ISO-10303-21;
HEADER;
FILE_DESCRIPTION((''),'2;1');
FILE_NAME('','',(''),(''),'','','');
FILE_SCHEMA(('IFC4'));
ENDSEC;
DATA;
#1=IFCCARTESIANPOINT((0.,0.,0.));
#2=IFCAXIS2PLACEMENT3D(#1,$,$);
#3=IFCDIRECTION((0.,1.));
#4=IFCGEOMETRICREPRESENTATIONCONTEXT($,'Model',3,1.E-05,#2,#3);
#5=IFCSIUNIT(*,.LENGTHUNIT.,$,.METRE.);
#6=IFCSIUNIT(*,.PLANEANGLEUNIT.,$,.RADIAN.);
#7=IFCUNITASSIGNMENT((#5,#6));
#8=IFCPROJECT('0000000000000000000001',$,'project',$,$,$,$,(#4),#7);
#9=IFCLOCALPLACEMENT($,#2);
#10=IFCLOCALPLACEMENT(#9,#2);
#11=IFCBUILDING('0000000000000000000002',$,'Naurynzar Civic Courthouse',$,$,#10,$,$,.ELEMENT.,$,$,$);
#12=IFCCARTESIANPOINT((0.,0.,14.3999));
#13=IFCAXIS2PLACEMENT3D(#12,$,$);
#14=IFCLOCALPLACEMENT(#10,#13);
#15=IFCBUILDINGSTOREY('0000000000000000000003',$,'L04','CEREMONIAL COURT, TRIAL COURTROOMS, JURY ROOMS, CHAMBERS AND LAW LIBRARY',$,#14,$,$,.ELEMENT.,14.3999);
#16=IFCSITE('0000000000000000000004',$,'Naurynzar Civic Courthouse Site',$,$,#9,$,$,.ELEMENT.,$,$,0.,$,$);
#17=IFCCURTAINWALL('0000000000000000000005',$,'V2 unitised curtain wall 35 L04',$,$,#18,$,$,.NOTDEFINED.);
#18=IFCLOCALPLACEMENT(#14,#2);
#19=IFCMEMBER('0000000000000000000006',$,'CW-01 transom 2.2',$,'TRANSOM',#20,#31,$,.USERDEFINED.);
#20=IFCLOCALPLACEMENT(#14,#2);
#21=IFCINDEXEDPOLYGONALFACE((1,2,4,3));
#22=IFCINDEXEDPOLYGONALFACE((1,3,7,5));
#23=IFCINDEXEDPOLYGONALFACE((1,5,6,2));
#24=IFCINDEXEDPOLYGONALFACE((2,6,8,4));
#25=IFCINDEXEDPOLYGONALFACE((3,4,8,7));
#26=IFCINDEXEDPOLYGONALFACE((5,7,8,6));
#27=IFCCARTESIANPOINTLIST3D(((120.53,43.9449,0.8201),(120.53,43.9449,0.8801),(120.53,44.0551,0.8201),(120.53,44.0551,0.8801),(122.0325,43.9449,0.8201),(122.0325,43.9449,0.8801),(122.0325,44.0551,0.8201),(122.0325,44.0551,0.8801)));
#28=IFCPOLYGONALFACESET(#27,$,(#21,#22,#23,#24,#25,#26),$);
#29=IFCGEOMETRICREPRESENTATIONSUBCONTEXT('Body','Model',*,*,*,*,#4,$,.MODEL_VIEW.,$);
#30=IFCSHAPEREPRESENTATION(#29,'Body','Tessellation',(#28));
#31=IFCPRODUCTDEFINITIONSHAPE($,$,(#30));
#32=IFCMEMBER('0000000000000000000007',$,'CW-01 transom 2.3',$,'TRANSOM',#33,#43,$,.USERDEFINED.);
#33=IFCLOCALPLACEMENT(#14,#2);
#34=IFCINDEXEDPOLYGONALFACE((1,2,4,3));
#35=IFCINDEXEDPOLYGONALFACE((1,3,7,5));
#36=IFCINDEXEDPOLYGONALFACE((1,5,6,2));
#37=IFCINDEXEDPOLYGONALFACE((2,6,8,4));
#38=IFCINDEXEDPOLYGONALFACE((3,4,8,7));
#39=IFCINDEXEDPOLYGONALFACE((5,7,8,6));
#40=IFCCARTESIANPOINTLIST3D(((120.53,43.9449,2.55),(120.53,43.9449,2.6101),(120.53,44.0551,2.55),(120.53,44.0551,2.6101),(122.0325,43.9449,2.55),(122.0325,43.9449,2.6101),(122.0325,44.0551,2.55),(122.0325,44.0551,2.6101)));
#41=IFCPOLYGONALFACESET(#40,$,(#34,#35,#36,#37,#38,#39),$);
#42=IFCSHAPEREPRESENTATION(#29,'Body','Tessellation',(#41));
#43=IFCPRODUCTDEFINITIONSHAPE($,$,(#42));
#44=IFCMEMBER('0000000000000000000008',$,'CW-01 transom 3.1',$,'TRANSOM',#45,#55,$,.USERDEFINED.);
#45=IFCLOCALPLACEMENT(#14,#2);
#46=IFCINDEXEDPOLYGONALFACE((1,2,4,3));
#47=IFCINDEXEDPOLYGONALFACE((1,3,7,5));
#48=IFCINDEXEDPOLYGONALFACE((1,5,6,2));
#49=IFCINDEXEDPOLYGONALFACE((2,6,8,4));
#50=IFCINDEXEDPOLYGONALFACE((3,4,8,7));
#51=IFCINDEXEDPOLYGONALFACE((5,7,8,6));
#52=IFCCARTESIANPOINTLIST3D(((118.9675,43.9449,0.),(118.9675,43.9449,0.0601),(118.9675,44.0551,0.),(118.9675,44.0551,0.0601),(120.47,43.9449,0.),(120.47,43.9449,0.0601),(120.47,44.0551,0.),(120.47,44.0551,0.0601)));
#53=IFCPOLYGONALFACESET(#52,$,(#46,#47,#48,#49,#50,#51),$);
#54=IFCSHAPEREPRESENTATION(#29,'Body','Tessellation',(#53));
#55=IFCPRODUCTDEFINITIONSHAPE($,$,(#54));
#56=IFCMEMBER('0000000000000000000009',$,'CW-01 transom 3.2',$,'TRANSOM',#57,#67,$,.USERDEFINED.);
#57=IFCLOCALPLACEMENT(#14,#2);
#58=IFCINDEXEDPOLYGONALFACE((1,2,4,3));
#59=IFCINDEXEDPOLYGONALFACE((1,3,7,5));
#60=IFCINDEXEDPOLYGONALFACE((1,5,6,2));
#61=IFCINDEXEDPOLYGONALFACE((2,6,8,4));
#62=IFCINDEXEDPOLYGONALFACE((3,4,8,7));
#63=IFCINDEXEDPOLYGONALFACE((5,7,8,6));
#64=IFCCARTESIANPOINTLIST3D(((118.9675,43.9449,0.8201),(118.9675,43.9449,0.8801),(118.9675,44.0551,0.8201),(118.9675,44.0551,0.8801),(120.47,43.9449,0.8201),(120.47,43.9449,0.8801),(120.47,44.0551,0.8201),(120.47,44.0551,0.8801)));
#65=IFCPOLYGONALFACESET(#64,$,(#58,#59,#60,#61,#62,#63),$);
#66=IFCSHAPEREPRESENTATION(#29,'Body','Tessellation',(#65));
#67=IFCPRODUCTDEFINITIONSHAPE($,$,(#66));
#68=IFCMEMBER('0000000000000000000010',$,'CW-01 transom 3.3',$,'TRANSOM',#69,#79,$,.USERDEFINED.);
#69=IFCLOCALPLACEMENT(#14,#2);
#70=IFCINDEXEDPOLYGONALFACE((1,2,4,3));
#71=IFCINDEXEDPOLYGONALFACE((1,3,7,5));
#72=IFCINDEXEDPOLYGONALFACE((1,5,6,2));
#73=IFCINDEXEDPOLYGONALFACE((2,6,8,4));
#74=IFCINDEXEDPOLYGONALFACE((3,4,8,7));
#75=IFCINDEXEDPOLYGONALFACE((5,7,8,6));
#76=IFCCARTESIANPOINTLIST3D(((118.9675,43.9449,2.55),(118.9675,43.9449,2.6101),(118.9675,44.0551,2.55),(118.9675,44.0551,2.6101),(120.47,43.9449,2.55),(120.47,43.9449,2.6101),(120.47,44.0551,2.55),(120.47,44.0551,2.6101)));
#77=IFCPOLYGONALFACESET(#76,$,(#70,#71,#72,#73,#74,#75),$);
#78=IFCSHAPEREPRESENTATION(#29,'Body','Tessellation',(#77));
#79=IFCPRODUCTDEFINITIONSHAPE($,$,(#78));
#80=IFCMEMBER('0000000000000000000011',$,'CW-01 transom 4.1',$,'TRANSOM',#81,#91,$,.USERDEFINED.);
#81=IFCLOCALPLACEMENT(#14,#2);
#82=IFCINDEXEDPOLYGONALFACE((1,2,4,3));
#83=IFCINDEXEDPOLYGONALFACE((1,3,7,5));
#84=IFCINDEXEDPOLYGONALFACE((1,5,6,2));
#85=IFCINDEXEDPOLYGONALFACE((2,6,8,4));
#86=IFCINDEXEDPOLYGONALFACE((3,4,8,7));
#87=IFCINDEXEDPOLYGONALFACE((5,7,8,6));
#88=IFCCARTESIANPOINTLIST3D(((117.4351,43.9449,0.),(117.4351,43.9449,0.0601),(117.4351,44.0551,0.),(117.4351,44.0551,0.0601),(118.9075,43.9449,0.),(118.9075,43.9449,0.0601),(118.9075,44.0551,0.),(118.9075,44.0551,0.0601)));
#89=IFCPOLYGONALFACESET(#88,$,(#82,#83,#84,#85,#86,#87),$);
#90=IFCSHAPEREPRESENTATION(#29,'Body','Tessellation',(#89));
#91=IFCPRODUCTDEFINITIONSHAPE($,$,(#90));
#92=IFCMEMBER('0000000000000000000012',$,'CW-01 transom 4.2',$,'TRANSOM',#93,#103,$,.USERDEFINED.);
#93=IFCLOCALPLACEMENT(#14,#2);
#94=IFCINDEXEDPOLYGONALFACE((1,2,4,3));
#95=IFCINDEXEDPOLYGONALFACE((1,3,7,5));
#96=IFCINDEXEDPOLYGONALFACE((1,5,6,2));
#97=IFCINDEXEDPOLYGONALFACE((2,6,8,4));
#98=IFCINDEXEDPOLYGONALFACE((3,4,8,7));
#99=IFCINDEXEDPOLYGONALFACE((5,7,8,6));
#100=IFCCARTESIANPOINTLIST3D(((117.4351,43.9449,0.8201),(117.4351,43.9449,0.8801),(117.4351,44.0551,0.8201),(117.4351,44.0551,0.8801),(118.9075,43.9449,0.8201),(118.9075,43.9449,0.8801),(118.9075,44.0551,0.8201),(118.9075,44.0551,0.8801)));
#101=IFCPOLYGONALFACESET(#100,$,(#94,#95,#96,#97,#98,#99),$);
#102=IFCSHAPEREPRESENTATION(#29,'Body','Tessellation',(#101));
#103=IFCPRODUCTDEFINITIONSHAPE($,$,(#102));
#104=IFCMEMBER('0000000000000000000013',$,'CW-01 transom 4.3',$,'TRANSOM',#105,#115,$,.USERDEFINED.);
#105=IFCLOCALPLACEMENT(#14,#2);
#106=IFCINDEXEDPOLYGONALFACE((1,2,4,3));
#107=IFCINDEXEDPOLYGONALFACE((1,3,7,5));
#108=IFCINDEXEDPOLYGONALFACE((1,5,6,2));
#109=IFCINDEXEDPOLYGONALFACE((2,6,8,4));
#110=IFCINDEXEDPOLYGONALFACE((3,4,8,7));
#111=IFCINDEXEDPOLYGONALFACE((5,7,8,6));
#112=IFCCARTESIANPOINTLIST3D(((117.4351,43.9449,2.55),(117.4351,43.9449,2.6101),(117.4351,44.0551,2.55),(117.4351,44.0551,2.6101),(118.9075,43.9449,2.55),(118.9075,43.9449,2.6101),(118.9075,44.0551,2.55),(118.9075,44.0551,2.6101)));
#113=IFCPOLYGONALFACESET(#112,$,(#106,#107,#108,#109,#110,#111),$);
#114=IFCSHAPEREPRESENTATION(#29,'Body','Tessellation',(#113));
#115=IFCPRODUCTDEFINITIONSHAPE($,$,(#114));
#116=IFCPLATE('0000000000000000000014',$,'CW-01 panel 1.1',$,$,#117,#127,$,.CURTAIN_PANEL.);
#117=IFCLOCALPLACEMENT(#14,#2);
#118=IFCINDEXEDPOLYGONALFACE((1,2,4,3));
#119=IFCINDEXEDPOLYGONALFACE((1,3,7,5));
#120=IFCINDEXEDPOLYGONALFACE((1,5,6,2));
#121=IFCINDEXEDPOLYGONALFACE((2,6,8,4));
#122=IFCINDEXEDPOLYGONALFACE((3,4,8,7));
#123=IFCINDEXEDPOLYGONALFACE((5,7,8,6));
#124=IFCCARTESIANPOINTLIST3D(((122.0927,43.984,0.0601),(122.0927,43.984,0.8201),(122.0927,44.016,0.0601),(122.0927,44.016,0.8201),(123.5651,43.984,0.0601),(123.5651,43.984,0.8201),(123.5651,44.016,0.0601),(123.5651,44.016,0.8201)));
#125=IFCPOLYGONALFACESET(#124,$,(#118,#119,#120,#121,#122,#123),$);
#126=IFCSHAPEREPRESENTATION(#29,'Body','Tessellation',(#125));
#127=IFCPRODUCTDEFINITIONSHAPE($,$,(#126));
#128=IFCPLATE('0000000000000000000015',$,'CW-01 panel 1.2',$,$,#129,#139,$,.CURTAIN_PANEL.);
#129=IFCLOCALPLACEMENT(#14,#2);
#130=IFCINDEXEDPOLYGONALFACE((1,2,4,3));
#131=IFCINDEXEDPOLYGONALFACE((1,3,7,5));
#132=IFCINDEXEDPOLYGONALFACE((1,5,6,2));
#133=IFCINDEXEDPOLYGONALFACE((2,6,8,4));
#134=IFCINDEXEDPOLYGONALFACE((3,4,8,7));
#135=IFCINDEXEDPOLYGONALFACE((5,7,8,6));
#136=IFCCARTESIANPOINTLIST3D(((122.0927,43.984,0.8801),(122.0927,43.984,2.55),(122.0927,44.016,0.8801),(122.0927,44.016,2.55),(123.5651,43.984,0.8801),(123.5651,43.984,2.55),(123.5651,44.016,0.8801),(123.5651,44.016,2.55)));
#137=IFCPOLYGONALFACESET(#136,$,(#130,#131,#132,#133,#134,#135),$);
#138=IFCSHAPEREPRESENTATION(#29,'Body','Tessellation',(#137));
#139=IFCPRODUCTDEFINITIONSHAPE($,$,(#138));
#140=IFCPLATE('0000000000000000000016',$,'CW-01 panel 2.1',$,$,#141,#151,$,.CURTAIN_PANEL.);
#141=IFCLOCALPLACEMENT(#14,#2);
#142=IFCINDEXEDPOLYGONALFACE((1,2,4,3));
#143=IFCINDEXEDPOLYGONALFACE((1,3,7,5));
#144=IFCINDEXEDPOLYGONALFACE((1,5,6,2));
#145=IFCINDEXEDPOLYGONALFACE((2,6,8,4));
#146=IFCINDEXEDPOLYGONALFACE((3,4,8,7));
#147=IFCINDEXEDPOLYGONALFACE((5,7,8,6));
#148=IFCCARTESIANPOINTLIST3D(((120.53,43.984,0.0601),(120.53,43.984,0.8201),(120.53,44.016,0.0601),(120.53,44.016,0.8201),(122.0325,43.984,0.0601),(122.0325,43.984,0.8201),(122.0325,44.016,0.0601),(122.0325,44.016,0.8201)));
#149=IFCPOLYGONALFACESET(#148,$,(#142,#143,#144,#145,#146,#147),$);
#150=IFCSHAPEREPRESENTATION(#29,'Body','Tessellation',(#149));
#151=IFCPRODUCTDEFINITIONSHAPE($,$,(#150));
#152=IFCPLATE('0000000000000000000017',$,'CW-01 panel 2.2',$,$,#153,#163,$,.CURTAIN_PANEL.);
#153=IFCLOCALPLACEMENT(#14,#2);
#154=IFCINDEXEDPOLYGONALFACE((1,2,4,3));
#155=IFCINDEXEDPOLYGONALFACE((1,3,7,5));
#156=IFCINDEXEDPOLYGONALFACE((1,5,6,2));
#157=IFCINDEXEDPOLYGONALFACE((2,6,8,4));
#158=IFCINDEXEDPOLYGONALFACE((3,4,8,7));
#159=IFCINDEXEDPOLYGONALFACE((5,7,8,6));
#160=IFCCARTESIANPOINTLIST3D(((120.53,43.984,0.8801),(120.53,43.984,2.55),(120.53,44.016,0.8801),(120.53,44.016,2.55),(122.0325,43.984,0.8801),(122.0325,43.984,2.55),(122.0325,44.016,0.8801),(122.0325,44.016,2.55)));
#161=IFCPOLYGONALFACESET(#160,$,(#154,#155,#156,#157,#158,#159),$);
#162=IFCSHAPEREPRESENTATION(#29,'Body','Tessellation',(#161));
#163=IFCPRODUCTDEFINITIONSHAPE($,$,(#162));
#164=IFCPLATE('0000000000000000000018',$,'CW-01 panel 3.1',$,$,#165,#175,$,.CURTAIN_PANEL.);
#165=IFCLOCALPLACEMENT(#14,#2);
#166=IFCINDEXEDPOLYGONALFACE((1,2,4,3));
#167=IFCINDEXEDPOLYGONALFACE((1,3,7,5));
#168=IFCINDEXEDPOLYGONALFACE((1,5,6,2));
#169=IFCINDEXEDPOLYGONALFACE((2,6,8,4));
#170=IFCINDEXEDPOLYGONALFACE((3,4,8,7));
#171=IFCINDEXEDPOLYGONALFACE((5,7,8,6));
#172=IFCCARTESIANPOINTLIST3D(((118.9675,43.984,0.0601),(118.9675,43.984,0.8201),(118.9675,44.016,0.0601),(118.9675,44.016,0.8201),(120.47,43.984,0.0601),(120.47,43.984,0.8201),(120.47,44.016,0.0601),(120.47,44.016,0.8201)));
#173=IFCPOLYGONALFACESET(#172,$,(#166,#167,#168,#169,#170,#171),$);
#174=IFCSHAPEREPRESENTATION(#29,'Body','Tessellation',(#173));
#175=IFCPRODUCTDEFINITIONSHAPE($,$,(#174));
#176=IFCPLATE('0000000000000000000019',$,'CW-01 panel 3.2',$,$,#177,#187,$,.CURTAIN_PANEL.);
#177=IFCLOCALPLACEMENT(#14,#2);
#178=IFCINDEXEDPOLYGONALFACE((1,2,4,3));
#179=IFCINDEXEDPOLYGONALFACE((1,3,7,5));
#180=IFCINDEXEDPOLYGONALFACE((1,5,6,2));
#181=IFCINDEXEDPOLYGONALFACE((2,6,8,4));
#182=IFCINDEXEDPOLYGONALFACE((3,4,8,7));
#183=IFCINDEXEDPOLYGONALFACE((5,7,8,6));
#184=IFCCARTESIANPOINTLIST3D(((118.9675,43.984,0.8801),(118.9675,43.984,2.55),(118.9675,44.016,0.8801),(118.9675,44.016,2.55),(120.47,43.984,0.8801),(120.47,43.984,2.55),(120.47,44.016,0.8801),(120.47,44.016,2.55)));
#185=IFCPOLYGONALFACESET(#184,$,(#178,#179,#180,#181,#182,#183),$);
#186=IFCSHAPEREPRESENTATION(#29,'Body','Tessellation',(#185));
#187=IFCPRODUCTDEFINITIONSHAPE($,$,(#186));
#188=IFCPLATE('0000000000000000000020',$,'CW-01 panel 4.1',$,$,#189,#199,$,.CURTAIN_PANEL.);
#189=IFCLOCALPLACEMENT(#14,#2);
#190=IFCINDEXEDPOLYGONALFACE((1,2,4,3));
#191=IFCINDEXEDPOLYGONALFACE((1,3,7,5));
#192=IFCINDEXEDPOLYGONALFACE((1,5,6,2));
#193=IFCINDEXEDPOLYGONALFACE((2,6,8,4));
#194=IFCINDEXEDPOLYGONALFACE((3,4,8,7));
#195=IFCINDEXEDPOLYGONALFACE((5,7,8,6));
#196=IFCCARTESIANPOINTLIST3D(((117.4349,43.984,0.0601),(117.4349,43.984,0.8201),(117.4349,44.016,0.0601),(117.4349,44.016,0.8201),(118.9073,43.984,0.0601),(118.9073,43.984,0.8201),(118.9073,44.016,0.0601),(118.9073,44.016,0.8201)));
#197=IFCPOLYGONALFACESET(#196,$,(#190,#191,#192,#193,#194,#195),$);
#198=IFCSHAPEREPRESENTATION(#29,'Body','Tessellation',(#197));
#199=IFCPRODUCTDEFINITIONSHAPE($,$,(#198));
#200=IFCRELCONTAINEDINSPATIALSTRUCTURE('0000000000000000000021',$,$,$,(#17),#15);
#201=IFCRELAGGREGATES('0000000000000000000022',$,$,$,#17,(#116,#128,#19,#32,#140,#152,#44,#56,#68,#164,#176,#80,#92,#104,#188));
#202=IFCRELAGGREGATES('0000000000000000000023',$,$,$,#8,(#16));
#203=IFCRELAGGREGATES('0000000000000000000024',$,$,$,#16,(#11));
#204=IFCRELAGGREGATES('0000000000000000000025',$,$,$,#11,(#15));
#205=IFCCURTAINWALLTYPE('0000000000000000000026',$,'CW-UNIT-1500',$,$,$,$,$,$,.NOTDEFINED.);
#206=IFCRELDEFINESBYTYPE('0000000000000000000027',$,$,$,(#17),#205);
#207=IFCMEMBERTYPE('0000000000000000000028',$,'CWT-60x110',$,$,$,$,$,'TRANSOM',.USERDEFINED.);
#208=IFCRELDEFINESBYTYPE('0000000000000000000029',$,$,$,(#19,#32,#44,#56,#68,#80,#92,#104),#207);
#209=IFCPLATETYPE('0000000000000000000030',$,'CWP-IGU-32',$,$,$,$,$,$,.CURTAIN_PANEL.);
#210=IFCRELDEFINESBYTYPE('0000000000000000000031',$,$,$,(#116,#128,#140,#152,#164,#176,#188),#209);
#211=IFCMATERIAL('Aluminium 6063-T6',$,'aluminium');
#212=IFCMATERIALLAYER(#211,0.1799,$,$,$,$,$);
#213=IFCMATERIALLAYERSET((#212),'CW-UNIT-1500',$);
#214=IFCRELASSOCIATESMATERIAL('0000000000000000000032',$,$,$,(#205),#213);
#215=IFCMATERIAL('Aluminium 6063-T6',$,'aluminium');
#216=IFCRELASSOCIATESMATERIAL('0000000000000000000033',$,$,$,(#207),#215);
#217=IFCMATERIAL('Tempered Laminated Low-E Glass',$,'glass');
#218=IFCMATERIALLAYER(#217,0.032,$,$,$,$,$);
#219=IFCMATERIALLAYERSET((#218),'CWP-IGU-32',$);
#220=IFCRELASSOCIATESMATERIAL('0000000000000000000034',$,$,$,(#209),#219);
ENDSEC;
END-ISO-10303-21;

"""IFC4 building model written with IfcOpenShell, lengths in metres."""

from ifc_helpers import new_model, si_unit, direction, frame, origin, origin_2d, place, context, subcontext, project, spatial, rectangle, extrude, material, layer, layer_set, material_profile, profile_set, type_object, element, aggregate, save


model = new_model("IFC4")

# Units and contexts
model_context = context("Model", 3, precision=1e-05, world=origin(), true_north=direction((0.0, 1.0)))
body_context = subcontext(model_context, "Body", "Model", "MODEL_VIEW")
ifc_project = project(units=[si_unit("LENGTHUNIT", "METRE"), si_unit("PLANEANGLEUNIT", "RADIAN")], contexts=[model_context])

# Site, building, storey
site_placement = place(None, origin())
site = spatial("IfcSite", under=ifc_project, at=site_placement, Name="Naurynzar Civic Courthouse Site", CompositionType="ELEMENT", RefElevation=0.0)
building_placement = place(site_placement, origin())
building = spatial("IfcBuilding", under=site, at=building_placement, Name="Naurynzar Civic Courthouse", CompositionType="ELEMENT")
storey_placement = place(building_placement, frame((0.0, 0.0, 14.3999)))
storey = spatial("IfcBuildingStorey", under=building, at=storey_placement, Name="L04", Description="CEREMONIAL COURT, TRIAL COURTROOMS, JURY ROOMS, CHAMBERS AND LAW LIBRARY", CompositionType="ELEMENT", Elevation=14.3999)

# Curtain wall, members, plates
ifc_material_1 = material(Name="Aluminium 6063-T6", Category="aluminium")
ifc_layer_1 = layer(ifc_material_1, 0.1799)
ifc_layer_set_1 = layer_set([ifc_layer_1], Name="CW-UNIT-1500")
curtain_wall_type = type_object("IfcCurtainWallType", Name="CW-UNIT-1500", PredefinedType="NOTDEFINED", material=ifc_layer_set_1)
curtain_wall_placement = place(storey_placement, origin())
curtain_wall = element("IfcCurtainWall", 1, at=curtain_wall_placement, inside=storey, type_object=curtain_wall_type, Name="V2 unitised curtain wall 35 L04", PredefinedType="NOTDEFINED")
ifc_material_2 = material(Name="Aluminium 6063-T6", Category="aluminium")
ifc_material_profile_1 = material_profile(ifc_material_2, rectangle(XDim=0.1101, YDim=0.0601, at=origin_2d()), Name="ALU TRANSOM 60x110")
ifc_profile_set_1 = profile_set([ifc_material_profile_1], Name="Aluminium 6063-T6")
member_type_1 = type_object("IfcMemberType", Name="CWT-60x110", ElementType="TRANSOM", PredefinedType="USERDEFINED", material=ifc_profile_set_1)
member_1_placement = place(storey_placement, frame((122.0325, 44.0, 0.8501), z_axis=(-1.0, 0.0, 0.0), x_axis=(0.0, -1.0, 0.0)))
member_1 = element("IfcMember", 2, at=member_1_placement, type_object=member_type_1, Name="CW-01 transom 2.2", ObjectType="TRANSOM", PredefinedType="USERDEFINED", context=body_context, shape_type="SweptSolid", body=[
    extrude(rectangle(XDim=0.1101, YDim=0.0601, at=origin_2d()), origin(), (0.0, 0.0, 1.0), 1.5024),
])
member_2_placement = place(storey_placement, frame((122.0325, 44.0, 2.5801), z_axis=(-1.0, 0.0, 0.0), x_axis=(0.0, -1.0, 0.0)))
member_2 = element("IfcMember", 3, at=member_2_placement, type_object=member_type_1, Name="CW-01 transom 2.3", ObjectType="TRANSOM", PredefinedType="USERDEFINED", context=body_context, shape_type="SweptSolid", body=[
    extrude(rectangle(XDim=0.1101, YDim=0.0601, at=origin_2d()), origin(), (0.0, 0.0, 1.0), 1.5024),
])
member_3_placement = place(storey_placement, frame((120.47, 44.0, 0.03), z_axis=(-1.0, 0.0, 0.0), x_axis=(0.0, -1.0, 0.0)))
member_3 = element("IfcMember", 4, at=member_3_placement, type_object=member_type_1, Name="CW-01 transom 3.1", ObjectType="TRANSOM", PredefinedType="USERDEFINED", context=body_context, shape_type="SweptSolid", body=[
    extrude(rectangle(XDim=0.1101, YDim=0.0601, at=origin_2d()), origin(), (0.0, 0.0, 1.0), 1.5024),
])
member_4_placement = place(storey_placement, frame((120.47, 44.0, 0.8501), z_axis=(-1.0, 0.0, 0.0), x_axis=(0.0, -1.0, 0.0)))
member_4 = element("IfcMember", 5, at=member_4_placement, type_object=member_type_1, Name="CW-01 transom 3.2", ObjectType="TRANSOM", PredefinedType="USERDEFINED", context=body_context, shape_type="SweptSolid", body=[
    extrude(rectangle(XDim=0.1101, YDim=0.0601, at=origin_2d()), origin(), (0.0, 0.0, 1.0), 1.5024),
])
member_5_placement = place(storey_placement, frame((120.47, 44.0, 2.5801), z_axis=(-1.0, 0.0, 0.0), x_axis=(0.0, -1.0, 0.0)))
member_5 = element("IfcMember", 6, at=member_5_placement, type_object=member_type_1, Name="CW-01 transom 3.3", ObjectType="TRANSOM", PredefinedType="USERDEFINED", context=body_context, shape_type="SweptSolid", body=[
    extrude(rectangle(XDim=0.1101, YDim=0.0601, at=origin_2d()), origin(), (0.0, 0.0, 1.0), 1.5024),
])
member_6_placement = place(storey_placement, frame((118.9075, 44.0, 0.03), z_axis=(-1.0, 0.0, 0.0), x_axis=(0.0, -1.0, 0.0)))
member_6 = element("IfcMember", 7, at=member_6_placement, type_object=member_type_1, Name="CW-01 transom 4.1", ObjectType="TRANSOM", PredefinedType="USERDEFINED", context=body_context, shape_type="SweptSolid", body=[
    extrude(rectangle(XDim=0.1101, YDim=0.0601, at=origin_2d()), origin(), (0.0, 0.0, 1.0), 1.4724),
])
member_7_placement = place(storey_placement, frame((118.9075, 44.0, 0.8501), z_axis=(-1.0, 0.0, 0.0), x_axis=(0.0, -1.0, 0.0)))
member_7 = element("IfcMember", 8, at=member_7_placement, type_object=member_type_1, Name="CW-01 transom 4.2", ObjectType="TRANSOM", PredefinedType="USERDEFINED", context=body_context, shape_type="SweptSolid", body=[
    extrude(rectangle(XDim=0.1101, YDim=0.0601, at=origin_2d()), origin(), (0.0, 0.0, 1.0), 1.4724),
])
member_8_placement = place(storey_placement, frame((118.9075, 44.0, 2.5801), z_axis=(-1.0, 0.0, 0.0), x_axis=(0.0, -1.0, 0.0)))
member_8 = element("IfcMember", 9, at=member_8_placement, type_object=member_type_1, Name="CW-01 transom 4.3", ObjectType="TRANSOM", PredefinedType="USERDEFINED", context=body_context, shape_type="SweptSolid", body=[
    extrude(rectangle(XDim=0.1101, YDim=0.0601, at=origin_2d()), origin(), (0.0, 0.0, 1.0), 1.4724),
])
ifc_material_3 = material(Name="Tempered Laminated Low-E Glass", Category="glass")
ifc_layer_2 = layer(ifc_material_3, 0.032)
ifc_layer_set_2 = layer_set([ifc_layer_2], Name="CWP-IGU-32")
plate_type = type_object("IfcPlateType", Name="CWP-IGU-32", PredefinedType="CURTAIN_PANEL", material=ifc_layer_set_2)
plate_1_placement = place(storey_placement, frame((122.8289, 44.0, 0.0601), z_axis=(0.0, 0.0, 1.0), x_axis=(-1.0, 0.0, 0.0)))
plate_1 = element("IfcPlate", 10, at=plate_1_placement, type_object=plate_type, Name="CW-01 panel 1.1", PredefinedType="CURTAIN_PANEL", context=body_context, shape_type="SweptSolid", body=[
    extrude(rectangle(XDim=1.4724, YDim=0.032, at=origin_2d()), origin(), (0.0, 0.0, 1.0), 0.76),
])
plate_2_placement = place(storey_placement, frame((122.8289, 44.0, 0.8801), z_axis=(0.0, 0.0, 1.0), x_axis=(-1.0, 0.0, 0.0)))
plate_2 = element("IfcPlate", 11, at=plate_2_placement, type_object=plate_type, Name="CW-01 panel 1.2", PredefinedType="CURTAIN_PANEL", context=body_context, shape_type="SweptSolid", body=[
    extrude(rectangle(XDim=1.4724, YDim=0.032, at=origin_2d()), origin(), (0.0, 0.0, 1.0), 1.6699),
])
plate_3_placement = place(storey_placement, frame((121.2812, 44.0, 0.0601), z_axis=(0.0, 0.0, 1.0), x_axis=(-1.0, 0.0, 0.0)))
plate_3 = element("IfcPlate", 12, at=plate_3_placement, type_object=plate_type, Name="CW-01 panel 2.1", PredefinedType="CURTAIN_PANEL", context=body_context, shape_type="SweptSolid", body=[
    extrude(rectangle(XDim=1.5024, YDim=0.032, at=origin_2d()), origin(), (0.0, 0.0, 1.0), 0.76),
])
plate_4_placement = place(storey_placement, frame((121.2812, 44.0, 0.8801), z_axis=(0.0, 0.0, 1.0), x_axis=(-1.0, 0.0, 0.0)))
plate_4 = element("IfcPlate", 13, at=plate_4_placement, type_object=plate_type, Name="CW-01 panel 2.2", PredefinedType="CURTAIN_PANEL", context=body_context, shape_type="SweptSolid", body=[
    extrude(rectangle(XDim=1.5024, YDim=0.032, at=origin_2d()), origin(), (0.0, 0.0, 1.0), 1.6699),
])
plate_5_placement = place(storey_placement, frame((119.7188, 44.0, 0.0601), z_axis=(0.0, 0.0, 1.0), x_axis=(-1.0, 0.0, 0.0)))
plate_5 = element("IfcPlate", 14, at=plate_5_placement, type_object=plate_type, Name="CW-01 panel 3.1", PredefinedType="CURTAIN_PANEL", context=body_context, shape_type="SweptSolid", body=[
    extrude(rectangle(XDim=1.5024, YDim=0.032, at=origin_2d()), origin(), (0.0, 0.0, 1.0), 0.76),
])
plate_6_placement = place(storey_placement, frame((119.7188, 44.0, 0.8801), z_axis=(0.0, 0.0, 1.0), x_axis=(-1.0, 0.0, 0.0)))
plate_6 = element("IfcPlate", 15, at=plate_6_placement, type_object=plate_type, Name="CW-01 panel 3.2", PredefinedType="CURTAIN_PANEL", context=body_context, shape_type="SweptSolid", body=[
    extrude(rectangle(XDim=1.5024, YDim=0.032, at=origin_2d()), origin(), (0.0, 0.0, 1.0), 1.6699),
])
plate_7_placement = place(storey_placement, frame((118.1711, 44.0, 0.0601), z_axis=(0.0, 0.0, 1.0), x_axis=(-1.0, 0.0, 0.0)))
plate_7 = element("IfcPlate", 16, at=plate_7_placement, type_object=plate_type, Name="CW-01 panel 4.1", PredefinedType="CURTAIN_PANEL", context=body_context, shape_type="SweptSolid", body=[
    extrude(rectangle(XDim=1.4724, YDim=0.032, at=origin_2d()), origin(), (0.0, 0.0, 1.0), 0.76),
])
aggregate(curtain_wall, [plate_1, plate_2, member_1, member_2, plate_3, plate_4, member_3, member_4, member_5, plate_5, plate_6, member_6, member_7, member_8, plate_7])

save(model, "model.ifc")
